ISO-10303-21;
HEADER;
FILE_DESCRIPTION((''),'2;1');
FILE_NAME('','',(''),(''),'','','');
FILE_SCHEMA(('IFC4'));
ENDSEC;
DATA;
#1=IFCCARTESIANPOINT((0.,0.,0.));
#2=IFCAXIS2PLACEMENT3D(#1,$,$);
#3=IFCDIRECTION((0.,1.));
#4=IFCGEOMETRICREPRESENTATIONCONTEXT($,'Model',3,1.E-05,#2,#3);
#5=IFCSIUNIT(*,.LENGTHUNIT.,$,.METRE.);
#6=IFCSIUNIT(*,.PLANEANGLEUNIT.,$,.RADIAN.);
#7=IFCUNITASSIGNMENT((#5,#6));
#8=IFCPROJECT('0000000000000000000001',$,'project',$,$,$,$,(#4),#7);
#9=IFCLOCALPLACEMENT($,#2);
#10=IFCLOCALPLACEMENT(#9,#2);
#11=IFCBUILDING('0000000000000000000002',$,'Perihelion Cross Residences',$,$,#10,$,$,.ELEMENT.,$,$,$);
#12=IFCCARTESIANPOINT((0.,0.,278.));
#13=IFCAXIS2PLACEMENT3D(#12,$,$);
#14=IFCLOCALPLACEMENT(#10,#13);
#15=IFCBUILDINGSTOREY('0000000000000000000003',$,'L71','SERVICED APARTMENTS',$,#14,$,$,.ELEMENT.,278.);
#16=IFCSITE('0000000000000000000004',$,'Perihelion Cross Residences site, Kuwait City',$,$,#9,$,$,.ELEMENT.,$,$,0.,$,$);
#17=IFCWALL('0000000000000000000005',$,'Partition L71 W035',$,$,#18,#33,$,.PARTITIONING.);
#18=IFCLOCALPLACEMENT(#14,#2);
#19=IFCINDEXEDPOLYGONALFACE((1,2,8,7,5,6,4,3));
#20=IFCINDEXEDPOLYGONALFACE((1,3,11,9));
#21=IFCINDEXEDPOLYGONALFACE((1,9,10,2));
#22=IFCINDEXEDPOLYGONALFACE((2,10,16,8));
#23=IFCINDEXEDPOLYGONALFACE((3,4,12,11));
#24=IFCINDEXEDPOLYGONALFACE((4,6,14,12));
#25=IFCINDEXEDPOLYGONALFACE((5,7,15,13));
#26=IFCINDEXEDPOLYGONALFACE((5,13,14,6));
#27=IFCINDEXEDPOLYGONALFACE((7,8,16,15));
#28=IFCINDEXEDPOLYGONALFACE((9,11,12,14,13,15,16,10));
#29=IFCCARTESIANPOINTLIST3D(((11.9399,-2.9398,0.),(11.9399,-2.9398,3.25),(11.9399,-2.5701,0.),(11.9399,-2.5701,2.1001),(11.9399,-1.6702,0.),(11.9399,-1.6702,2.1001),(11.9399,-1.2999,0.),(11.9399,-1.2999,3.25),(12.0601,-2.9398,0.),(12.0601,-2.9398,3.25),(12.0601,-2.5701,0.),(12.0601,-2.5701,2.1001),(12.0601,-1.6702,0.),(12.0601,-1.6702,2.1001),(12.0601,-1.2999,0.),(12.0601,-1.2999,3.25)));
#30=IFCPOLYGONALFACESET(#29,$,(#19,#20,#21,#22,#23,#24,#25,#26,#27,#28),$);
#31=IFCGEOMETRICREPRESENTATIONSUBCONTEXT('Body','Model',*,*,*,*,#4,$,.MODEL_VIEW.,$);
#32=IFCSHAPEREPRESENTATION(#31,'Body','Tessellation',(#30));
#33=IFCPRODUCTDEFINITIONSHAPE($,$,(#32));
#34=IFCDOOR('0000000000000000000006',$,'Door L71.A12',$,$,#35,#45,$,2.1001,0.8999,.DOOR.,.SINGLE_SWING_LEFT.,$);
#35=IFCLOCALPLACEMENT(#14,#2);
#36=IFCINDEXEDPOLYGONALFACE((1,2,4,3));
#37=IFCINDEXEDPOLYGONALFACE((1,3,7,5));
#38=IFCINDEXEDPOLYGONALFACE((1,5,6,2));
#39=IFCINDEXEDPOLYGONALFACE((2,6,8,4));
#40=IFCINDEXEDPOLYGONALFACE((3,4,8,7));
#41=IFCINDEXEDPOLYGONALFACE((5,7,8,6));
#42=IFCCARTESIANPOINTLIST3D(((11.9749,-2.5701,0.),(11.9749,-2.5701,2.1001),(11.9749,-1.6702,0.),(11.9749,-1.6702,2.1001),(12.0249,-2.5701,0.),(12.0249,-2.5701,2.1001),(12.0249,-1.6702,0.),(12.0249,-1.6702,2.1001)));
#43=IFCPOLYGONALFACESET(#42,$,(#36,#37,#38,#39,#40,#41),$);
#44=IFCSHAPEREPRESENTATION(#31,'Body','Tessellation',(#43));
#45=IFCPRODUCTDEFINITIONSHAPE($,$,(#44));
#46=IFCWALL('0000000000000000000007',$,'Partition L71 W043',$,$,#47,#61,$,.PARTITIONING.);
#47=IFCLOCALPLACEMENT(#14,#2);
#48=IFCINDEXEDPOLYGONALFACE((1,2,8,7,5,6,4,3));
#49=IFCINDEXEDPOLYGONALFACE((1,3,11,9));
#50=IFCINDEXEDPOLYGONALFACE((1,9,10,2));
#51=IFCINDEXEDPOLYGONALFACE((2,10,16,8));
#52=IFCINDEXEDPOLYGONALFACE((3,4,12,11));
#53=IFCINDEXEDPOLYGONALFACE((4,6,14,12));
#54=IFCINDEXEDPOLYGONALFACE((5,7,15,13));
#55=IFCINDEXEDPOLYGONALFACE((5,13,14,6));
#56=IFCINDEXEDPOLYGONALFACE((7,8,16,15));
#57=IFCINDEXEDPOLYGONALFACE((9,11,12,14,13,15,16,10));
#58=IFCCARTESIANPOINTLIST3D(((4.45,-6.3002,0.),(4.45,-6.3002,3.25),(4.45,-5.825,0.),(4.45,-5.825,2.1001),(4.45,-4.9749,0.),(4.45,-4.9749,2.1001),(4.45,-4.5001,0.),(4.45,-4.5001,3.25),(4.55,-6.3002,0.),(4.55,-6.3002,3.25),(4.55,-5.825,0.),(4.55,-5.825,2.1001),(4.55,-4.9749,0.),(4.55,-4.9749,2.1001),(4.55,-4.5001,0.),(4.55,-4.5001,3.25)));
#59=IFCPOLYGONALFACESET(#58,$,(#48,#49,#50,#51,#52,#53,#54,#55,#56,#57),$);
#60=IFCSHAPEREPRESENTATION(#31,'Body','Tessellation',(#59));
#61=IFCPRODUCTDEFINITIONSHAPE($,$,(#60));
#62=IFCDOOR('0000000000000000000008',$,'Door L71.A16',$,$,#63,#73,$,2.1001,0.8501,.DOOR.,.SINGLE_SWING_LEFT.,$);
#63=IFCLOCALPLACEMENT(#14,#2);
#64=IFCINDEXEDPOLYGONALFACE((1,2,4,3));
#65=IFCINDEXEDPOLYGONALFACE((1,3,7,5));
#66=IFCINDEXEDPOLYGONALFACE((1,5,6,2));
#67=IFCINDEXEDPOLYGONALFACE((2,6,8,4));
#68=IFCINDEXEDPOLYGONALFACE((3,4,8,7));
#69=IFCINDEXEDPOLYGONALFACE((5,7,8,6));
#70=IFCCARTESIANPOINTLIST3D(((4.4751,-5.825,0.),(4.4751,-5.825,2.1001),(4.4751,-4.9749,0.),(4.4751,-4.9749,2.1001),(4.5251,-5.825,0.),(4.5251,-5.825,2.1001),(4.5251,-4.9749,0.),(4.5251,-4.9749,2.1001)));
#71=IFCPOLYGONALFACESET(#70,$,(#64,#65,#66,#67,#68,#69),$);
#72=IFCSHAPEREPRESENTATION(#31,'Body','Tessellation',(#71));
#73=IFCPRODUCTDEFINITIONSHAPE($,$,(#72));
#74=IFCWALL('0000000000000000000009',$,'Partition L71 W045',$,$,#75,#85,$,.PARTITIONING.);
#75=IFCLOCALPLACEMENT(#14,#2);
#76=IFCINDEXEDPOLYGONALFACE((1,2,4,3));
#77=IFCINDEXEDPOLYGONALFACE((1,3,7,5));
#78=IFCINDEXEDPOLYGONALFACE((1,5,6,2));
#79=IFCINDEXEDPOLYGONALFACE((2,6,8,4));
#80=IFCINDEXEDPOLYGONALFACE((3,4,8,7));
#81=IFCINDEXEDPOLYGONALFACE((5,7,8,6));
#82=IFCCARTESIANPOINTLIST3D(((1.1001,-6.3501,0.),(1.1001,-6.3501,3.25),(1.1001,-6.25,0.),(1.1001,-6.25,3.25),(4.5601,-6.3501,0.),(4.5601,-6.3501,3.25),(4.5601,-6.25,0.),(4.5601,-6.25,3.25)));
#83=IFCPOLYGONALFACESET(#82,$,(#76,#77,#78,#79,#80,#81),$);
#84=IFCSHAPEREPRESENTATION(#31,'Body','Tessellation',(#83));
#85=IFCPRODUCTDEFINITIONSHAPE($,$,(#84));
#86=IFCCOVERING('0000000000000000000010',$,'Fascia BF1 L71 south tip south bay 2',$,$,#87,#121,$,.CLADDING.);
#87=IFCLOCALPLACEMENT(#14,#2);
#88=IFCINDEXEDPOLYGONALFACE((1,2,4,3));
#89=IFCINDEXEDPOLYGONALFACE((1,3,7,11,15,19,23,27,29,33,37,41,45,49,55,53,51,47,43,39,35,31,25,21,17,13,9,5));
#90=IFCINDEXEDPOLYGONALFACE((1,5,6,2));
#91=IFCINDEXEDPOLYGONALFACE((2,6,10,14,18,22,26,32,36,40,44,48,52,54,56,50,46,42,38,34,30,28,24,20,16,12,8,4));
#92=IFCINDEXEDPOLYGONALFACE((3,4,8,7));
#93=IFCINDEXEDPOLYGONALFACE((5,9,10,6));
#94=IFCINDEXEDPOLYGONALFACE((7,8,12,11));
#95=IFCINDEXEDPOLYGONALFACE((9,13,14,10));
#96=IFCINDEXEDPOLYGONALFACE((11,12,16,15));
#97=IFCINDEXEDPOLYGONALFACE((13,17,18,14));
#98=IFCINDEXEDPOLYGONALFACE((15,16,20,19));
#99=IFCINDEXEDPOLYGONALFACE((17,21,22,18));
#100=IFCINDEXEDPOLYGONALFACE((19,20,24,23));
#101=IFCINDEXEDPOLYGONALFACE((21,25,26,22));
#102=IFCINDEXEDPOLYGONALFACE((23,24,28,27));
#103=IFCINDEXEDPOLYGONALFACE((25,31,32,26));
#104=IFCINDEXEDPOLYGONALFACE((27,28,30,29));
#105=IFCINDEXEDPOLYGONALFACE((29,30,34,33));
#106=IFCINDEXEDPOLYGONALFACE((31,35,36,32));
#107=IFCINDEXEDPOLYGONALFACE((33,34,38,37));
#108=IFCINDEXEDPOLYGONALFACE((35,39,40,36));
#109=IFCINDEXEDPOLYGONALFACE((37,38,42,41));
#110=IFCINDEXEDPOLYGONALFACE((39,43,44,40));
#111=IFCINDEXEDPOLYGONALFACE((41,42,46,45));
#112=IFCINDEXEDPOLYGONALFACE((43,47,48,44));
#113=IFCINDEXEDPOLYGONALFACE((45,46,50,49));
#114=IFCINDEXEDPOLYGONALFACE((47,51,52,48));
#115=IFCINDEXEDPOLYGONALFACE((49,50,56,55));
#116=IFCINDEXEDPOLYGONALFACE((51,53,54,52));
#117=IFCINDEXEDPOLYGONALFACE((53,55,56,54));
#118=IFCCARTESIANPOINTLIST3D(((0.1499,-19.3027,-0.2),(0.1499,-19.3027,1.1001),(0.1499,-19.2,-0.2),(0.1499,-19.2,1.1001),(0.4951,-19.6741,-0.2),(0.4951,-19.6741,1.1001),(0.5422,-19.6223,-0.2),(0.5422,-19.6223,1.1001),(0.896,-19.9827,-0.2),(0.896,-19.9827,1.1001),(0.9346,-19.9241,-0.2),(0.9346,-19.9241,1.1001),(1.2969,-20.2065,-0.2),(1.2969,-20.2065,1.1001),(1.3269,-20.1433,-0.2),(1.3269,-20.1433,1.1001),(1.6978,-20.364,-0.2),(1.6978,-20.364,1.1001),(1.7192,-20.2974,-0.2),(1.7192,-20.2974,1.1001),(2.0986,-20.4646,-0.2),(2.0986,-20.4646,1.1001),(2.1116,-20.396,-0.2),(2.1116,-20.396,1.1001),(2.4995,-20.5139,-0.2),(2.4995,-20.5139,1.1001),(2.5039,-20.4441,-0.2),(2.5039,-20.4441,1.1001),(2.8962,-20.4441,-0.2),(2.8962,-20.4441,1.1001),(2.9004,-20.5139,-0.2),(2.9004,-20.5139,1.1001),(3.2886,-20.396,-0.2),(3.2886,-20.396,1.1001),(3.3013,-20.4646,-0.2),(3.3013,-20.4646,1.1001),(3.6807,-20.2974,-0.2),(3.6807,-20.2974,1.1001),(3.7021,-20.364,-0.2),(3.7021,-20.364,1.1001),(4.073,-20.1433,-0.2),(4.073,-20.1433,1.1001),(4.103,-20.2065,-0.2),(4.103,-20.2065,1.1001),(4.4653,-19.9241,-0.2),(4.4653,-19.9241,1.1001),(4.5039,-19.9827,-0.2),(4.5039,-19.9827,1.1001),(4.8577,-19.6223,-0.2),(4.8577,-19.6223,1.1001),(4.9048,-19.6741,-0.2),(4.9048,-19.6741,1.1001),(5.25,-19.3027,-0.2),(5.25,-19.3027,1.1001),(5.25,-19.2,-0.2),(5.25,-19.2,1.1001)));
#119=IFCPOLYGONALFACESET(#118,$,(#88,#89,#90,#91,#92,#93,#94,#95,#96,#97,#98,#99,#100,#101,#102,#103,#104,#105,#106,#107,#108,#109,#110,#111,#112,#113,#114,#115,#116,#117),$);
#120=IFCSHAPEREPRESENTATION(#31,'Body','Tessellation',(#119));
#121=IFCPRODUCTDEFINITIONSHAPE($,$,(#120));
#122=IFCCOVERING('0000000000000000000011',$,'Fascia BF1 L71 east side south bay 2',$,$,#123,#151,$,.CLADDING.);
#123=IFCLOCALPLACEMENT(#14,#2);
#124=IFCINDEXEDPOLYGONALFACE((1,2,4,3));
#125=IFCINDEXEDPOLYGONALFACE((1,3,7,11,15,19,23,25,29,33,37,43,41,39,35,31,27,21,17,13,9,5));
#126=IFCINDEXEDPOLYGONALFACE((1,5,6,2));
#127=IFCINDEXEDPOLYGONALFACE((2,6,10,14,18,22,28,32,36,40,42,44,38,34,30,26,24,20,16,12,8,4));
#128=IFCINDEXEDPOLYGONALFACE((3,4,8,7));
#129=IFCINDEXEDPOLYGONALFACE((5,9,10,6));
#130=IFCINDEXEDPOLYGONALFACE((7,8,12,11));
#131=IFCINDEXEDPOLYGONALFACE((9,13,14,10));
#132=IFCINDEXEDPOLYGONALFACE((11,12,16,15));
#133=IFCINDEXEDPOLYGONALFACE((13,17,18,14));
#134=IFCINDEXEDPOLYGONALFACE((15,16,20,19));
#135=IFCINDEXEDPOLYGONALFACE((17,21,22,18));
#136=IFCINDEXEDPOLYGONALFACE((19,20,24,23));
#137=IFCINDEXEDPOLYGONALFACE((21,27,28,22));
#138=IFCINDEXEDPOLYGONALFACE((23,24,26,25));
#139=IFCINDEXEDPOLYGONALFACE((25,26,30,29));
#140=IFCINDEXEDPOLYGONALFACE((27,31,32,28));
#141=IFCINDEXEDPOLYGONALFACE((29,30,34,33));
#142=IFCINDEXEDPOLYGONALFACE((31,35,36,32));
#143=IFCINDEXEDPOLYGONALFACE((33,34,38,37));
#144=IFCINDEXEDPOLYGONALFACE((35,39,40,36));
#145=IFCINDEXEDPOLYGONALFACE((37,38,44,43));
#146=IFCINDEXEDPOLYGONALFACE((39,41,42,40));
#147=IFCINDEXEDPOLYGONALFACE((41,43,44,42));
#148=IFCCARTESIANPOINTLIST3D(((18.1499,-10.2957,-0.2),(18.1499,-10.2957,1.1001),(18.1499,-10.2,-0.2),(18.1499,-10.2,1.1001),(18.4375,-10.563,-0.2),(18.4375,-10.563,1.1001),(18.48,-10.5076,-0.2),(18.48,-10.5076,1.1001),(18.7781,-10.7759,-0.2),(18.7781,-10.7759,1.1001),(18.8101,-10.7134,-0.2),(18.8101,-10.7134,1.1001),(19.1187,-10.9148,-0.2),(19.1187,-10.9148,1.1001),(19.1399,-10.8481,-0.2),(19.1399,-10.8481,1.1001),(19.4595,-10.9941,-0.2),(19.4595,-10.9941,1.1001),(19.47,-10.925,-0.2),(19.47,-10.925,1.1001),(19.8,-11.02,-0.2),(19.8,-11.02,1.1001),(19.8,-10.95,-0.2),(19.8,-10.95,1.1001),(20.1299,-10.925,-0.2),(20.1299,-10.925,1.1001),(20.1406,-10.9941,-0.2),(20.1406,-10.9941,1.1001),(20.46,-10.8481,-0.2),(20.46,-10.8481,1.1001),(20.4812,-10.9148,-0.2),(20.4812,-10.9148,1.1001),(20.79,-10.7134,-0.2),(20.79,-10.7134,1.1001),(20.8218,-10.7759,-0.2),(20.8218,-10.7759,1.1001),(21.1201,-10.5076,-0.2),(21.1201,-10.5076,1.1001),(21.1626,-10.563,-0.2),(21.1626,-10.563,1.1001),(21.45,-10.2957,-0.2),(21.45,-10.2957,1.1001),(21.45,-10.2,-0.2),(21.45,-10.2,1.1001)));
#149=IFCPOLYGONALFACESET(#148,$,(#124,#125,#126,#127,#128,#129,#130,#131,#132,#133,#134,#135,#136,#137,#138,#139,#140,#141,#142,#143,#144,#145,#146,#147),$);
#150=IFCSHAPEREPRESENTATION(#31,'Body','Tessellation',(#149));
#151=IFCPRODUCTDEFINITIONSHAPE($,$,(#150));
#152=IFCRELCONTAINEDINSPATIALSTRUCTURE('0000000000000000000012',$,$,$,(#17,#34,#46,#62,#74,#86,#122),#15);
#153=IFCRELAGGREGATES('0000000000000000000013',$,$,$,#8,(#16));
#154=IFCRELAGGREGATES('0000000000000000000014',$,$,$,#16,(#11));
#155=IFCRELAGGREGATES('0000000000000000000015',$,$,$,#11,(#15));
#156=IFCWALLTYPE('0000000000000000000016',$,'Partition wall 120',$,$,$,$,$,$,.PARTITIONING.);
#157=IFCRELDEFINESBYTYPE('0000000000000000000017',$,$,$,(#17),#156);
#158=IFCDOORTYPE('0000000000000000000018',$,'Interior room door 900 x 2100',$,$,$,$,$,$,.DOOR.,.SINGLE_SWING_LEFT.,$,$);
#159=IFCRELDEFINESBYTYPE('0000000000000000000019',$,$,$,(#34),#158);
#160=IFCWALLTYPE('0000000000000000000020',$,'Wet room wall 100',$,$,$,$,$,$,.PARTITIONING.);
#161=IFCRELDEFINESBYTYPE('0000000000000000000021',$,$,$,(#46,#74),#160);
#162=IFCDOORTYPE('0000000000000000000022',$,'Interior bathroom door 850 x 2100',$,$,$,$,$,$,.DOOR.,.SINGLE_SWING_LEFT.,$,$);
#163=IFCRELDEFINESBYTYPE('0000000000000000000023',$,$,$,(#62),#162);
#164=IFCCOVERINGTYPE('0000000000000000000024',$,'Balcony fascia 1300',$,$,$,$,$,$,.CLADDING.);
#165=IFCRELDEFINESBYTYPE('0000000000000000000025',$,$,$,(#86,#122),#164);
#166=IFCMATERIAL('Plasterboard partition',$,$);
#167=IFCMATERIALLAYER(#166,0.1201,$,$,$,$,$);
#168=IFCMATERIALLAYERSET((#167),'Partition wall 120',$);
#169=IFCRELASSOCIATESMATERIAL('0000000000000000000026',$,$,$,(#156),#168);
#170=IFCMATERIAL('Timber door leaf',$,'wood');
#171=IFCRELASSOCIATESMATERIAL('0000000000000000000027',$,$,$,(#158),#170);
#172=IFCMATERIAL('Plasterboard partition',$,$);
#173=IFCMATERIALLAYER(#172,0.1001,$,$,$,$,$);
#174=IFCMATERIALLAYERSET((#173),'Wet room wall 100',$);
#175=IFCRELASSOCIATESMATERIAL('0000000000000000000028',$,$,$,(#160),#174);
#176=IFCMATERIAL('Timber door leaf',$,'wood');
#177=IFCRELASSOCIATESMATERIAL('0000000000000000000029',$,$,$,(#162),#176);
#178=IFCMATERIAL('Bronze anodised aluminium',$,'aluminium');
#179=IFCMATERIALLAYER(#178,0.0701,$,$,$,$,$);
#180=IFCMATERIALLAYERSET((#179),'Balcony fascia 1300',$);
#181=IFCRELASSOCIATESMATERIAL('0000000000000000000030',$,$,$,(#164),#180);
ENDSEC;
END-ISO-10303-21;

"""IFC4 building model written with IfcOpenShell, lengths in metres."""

from ifc_helpers import new_model, si_unit, direction, frame, frame_2d, origin, place, context, subcontext, project, spatial, polyline, rectangle, outline, extrude, material, layer, layer_set, type_object, element, fill, save


model = new_model("IFC4")

# Units and contexts
model_context = context("Model", 3, precision=1e-05, world=origin(), true_north=direction((0.0, 1.0)))
body_context = subcontext(model_context, "Body", "Model", "MODEL_VIEW")
ifc_project = project(units=[si_unit("LENGTHUNIT", "METRE"), si_unit("PLANEANGLEUNIT", "RADIAN")], contexts=[model_context])

# Site, building, storey
site_placement = place(None, origin())
site = spatial("IfcSite", under=ifc_project, at=site_placement, Name="Perihelion Cross Residences site, Kuwait City", CompositionType="ELEMENT", RefElevation=0.0)
building_placement = place(site_placement, origin())
building = spatial("IfcBuilding", under=site, at=building_placement, Name="Perihelion Cross Residences", CompositionType="ELEMENT")
storey_placement = place(building_placement, frame((0.0, 0.0, 278.0)))
storey = spatial("IfcBuildingStorey", under=building, at=storey_placement, Name="L71", Description="SERVICED APARTMENTS", CompositionType="ELEMENT", Elevation=278.0)

# Shared definitions
ifc_material_1 = material(Name="Plasterboard partition")
ifc_layer_1 = layer(ifc_material_1, 0.1201)
ifc_layer_set_1 = layer_set([ifc_layer_1], Name="Partition wall 120")
wall_type_1 = type_object("IfcWallType", Name="Partition wall 120", PredefinedType="PARTITIONING", material=ifc_layer_set_1)

# Walls, openings, doors
wall_1_placement = place(storey_placement, frame((12.0, -1.3, 0.0), z_axis=(0.0, 0.0, 1.0), x_axis=(0.0, -1.0, 0.0)))
wall_1 = element("IfcWall", 1, at=wall_1_placement, inside=storey, type_object=wall_type_1, Name="Partition L71 W035", PredefinedType="PARTITIONING", context=body_context, shape_type="SweptSolid", body=[
    extrude(rectangle(XDim=1.6399, YDim=0.1201, at=frame_2d((0.8198, 0.0))), origin(), (0.0, 0.0, 1.0), 3.25),
])
opening_1_placement = place(wall_1_placement, frame((0.3701, 0.0, 0.0)))
opening_1 = element("IfcOpeningElement", 2, at=opening_1_placement, cuts=wall_1, PredefinedType="OPENING", context=body_context, shape_type="SweptSolid", body=[
    extrude(rectangle(XDim=0.8999, YDim=2.1001, at=frame_2d((0.45, 1.05))), frame((0.0, 0.0701, 0.0), z_axis=(0.0, -1.0, 0.0), x_axis=(1.0, 0.0, 0.0)), (0.0, 0.0, 1.0), 0.1401),
])
ifc_material_2 = material(Name="Timber door leaf", Category="wood")
door_type_1 = type_object("IfcDoorType", Name="Interior room door 900 x 2100", OperationType="SINGLE_SWING_LEFT", PredefinedType="DOOR", material=ifc_material_2)
door_1_placement = place(opening_1_placement, origin())
door_1 = element("IfcDoor", 3, at=door_1_placement, inside=storey, type_object=door_type_1, Name="Door L71.A12", OperationType="SINGLE_SWING_LEFT", OverallHeight=2.1001, OverallWidth=0.8999, PredefinedType="DOOR", context=body_context, shape_type="SweptSolid", body=[
    extrude(rectangle(XDim=0.8999, YDim=2.1001, at=frame_2d((0.45, 1.05))), frame((0.0, 0.0249, 0.0), z_axis=(0.0, -1.0, 0.0), x_axis=(1.0, 0.0, 0.0)), (0.0, 0.0, 1.0), 0.05),
])
fill(opening_1, door_1)
ifc_material_3 = material(Name="Plasterboard partition")
ifc_layer_2 = layer(ifc_material_3, 0.1001)
ifc_layer_set_2 = layer_set([ifc_layer_2], Name="Wet room wall 100")
wall_type_2 = type_object("IfcWallType", Name="Wet room wall 100", PredefinedType="PARTITIONING", material=ifc_layer_set_2)
wall_2_placement = place(storey_placement, frame((4.5, -6.3, 0.0), z_axis=(0.0, 0.0, 1.0), x_axis=(0.0, 1.0, 0.0)))
wall_2 = element("IfcWall", 4, at=wall_2_placement, inside=storey, type_object=wall_type_2, Name="Partition L71 W043", PredefinedType="PARTITIONING", context=body_context, shape_type="SweptSolid", body=[
    extrude(rectangle(XDim=1.8, YDim=0.1001, at=frame_2d((0.8999, 0.0))), origin(), (0.0, 0.0, 1.0), 3.25),
])
opening_2_placement = place(wall_2_placement, frame((0.4751, 0.0, 0.0)))
opening_2 = element("IfcOpeningElement", 5, at=opening_2_placement, cuts=wall_2, PredefinedType="OPENING", context=body_context, shape_type="SweptSolid", body=[
    extrude(rectangle(XDim=0.8501, YDim=2.1001, at=frame_2d((0.425, 1.05))), frame((0.0, 0.0601, 0.0), z_axis=(0.0, -1.0, 0.0), x_axis=(1.0, 0.0, 0.0)), (0.0, 0.0, 1.0), 0.1201),
])
ifc_material_4 = material(Name="Timber door leaf", Category="wood")
door_type_2 = type_object("IfcDoorType", Name="Interior bathroom door 850 x 2100", OperationType="SINGLE_SWING_LEFT", PredefinedType="DOOR", material=ifc_material_4)
door_2_placement = place(opening_2_placement, origin())
door_2 = element("IfcDoor", 6, at=door_2_placement, inside=storey, type_object=door_type_2, Name="Door L71.A16", OperationType="SINGLE_SWING_LEFT", OverallHeight=2.1001, OverallWidth=0.8501, PredefinedType="DOOR", context=body_context, shape_type="SweptSolid", body=[
    extrude(rectangle(XDim=0.8501, YDim=2.1001, at=frame_2d((0.425, 1.05))), frame((0.0, 0.0249, 0.0), z_axis=(0.0, -1.0, 0.0), x_axis=(1.0, 0.0, 0.0)), (0.0, 0.0, 1.0), 0.05),
])
fill(opening_2, door_2)

# Wall
wall_3_placement = place(storey_placement, frame((4.5601, -6.3, 0.0), z_axis=(0.0, 0.0, 1.0), x_axis=(-1.0, 0.0, 0.0)))
element("IfcWall", 7, at=wall_3_placement, inside=storey, type_object=wall_type_2, Name="Partition L71 W045", PredefinedType="PARTITIONING", context=body_context, shape_type="SweptSolid", body=[
    extrude(rectangle(XDim=3.46, YDim=0.1001, at=frame_2d((1.73, 0.0))), origin(), (0.0, 0.0, 1.0), 3.25),
])

# Coverings
ifc_material_5 = material(Name="Bronze anodised aluminium", Category="aluminium")
ifc_layer_3 = layer(ifc_material_5, 0.0701)
ifc_layer_set_3 = layer_set([ifc_layer_3], Name="Balcony fascia 1300")
covering_type = type_object("IfcCoveringType", Name="Balcony fascia 1300", PredefinedType="CLADDING", material=ifc_layer_set_3)
covering_1_placement = place(storey_placement, frame((0.0, 0.0, -0.2)))
element("IfcCovering", 8, at=covering_1_placement, inside=storey, type_object=covering_type, Name="Fascia BF1 L71 south tip south bay 2", PredefinedType="CLADDING", context=body_context, shape_type="SweptSolid", body=[
    extrude(outline(polyline([(0.4951, -19.6741), (0.896, -19.9827), (1.2969, -20.2065), (1.6978, -20.364), (2.0986, -20.4646), (2.4995, -20.5139), (2.9004, -20.5139), (3.3013, -20.4646), (3.7021, -20.364), (4.103, -20.2065), (4.5039, -19.9827), (4.9048, -19.6741), (5.25, -19.3027), (5.25, -19.2), (4.8577, -19.6223), (4.4653, -19.9241), (4.073, -20.1433), (3.6807, -20.2974), (3.2886, -20.396), (2.8962, -20.4441), (2.5039, -20.4441), (2.1116, -20.396), (1.7192, -20.2974), (1.3269, -20.1433), (0.9346, -19.9241), (0.5422, -19.6223), (0.1499, -19.2), (0.1499, -19.3027), (0.4951, -19.6741)])), origin(), (0.0, 0.0, 1.0), 1.3),
])
covering_2_placement = place(storey_placement, frame((0.0, 0.0, -0.2)))
element("IfcCovering", 9, at=covering_2_placement, inside=storey, type_object=covering_type, Name="Fascia BF1 L71 east side south bay 2", PredefinedType="CLADDING", context=body_context, shape_type="SweptSolid", body=[
    extrude(outline(polyline([(18.4375, -10.563), (18.7781, -10.7759), (19.1187, -10.9148), (19.4595, -10.9941), (19.8, -11.02), (20.1406, -10.9941), (20.4812, -10.9148), (20.8218, -10.7759), (21.1626, -10.563), (21.45, -10.2957), (21.45, -10.2), (21.1201, -10.5076), (20.79, -10.7134), (20.46, -10.8481), (20.1299, -10.925), (19.8, -10.95), (19.47, -10.925), (19.1399, -10.8481), (18.8101, -10.7134), (18.48, -10.5076), (18.1499, -10.2), (18.1499, -10.2957), (18.4375, -10.563)])), origin(), (0.0, 0.0, 1.0), 1.3),
])

save(model, "model.ifc")
